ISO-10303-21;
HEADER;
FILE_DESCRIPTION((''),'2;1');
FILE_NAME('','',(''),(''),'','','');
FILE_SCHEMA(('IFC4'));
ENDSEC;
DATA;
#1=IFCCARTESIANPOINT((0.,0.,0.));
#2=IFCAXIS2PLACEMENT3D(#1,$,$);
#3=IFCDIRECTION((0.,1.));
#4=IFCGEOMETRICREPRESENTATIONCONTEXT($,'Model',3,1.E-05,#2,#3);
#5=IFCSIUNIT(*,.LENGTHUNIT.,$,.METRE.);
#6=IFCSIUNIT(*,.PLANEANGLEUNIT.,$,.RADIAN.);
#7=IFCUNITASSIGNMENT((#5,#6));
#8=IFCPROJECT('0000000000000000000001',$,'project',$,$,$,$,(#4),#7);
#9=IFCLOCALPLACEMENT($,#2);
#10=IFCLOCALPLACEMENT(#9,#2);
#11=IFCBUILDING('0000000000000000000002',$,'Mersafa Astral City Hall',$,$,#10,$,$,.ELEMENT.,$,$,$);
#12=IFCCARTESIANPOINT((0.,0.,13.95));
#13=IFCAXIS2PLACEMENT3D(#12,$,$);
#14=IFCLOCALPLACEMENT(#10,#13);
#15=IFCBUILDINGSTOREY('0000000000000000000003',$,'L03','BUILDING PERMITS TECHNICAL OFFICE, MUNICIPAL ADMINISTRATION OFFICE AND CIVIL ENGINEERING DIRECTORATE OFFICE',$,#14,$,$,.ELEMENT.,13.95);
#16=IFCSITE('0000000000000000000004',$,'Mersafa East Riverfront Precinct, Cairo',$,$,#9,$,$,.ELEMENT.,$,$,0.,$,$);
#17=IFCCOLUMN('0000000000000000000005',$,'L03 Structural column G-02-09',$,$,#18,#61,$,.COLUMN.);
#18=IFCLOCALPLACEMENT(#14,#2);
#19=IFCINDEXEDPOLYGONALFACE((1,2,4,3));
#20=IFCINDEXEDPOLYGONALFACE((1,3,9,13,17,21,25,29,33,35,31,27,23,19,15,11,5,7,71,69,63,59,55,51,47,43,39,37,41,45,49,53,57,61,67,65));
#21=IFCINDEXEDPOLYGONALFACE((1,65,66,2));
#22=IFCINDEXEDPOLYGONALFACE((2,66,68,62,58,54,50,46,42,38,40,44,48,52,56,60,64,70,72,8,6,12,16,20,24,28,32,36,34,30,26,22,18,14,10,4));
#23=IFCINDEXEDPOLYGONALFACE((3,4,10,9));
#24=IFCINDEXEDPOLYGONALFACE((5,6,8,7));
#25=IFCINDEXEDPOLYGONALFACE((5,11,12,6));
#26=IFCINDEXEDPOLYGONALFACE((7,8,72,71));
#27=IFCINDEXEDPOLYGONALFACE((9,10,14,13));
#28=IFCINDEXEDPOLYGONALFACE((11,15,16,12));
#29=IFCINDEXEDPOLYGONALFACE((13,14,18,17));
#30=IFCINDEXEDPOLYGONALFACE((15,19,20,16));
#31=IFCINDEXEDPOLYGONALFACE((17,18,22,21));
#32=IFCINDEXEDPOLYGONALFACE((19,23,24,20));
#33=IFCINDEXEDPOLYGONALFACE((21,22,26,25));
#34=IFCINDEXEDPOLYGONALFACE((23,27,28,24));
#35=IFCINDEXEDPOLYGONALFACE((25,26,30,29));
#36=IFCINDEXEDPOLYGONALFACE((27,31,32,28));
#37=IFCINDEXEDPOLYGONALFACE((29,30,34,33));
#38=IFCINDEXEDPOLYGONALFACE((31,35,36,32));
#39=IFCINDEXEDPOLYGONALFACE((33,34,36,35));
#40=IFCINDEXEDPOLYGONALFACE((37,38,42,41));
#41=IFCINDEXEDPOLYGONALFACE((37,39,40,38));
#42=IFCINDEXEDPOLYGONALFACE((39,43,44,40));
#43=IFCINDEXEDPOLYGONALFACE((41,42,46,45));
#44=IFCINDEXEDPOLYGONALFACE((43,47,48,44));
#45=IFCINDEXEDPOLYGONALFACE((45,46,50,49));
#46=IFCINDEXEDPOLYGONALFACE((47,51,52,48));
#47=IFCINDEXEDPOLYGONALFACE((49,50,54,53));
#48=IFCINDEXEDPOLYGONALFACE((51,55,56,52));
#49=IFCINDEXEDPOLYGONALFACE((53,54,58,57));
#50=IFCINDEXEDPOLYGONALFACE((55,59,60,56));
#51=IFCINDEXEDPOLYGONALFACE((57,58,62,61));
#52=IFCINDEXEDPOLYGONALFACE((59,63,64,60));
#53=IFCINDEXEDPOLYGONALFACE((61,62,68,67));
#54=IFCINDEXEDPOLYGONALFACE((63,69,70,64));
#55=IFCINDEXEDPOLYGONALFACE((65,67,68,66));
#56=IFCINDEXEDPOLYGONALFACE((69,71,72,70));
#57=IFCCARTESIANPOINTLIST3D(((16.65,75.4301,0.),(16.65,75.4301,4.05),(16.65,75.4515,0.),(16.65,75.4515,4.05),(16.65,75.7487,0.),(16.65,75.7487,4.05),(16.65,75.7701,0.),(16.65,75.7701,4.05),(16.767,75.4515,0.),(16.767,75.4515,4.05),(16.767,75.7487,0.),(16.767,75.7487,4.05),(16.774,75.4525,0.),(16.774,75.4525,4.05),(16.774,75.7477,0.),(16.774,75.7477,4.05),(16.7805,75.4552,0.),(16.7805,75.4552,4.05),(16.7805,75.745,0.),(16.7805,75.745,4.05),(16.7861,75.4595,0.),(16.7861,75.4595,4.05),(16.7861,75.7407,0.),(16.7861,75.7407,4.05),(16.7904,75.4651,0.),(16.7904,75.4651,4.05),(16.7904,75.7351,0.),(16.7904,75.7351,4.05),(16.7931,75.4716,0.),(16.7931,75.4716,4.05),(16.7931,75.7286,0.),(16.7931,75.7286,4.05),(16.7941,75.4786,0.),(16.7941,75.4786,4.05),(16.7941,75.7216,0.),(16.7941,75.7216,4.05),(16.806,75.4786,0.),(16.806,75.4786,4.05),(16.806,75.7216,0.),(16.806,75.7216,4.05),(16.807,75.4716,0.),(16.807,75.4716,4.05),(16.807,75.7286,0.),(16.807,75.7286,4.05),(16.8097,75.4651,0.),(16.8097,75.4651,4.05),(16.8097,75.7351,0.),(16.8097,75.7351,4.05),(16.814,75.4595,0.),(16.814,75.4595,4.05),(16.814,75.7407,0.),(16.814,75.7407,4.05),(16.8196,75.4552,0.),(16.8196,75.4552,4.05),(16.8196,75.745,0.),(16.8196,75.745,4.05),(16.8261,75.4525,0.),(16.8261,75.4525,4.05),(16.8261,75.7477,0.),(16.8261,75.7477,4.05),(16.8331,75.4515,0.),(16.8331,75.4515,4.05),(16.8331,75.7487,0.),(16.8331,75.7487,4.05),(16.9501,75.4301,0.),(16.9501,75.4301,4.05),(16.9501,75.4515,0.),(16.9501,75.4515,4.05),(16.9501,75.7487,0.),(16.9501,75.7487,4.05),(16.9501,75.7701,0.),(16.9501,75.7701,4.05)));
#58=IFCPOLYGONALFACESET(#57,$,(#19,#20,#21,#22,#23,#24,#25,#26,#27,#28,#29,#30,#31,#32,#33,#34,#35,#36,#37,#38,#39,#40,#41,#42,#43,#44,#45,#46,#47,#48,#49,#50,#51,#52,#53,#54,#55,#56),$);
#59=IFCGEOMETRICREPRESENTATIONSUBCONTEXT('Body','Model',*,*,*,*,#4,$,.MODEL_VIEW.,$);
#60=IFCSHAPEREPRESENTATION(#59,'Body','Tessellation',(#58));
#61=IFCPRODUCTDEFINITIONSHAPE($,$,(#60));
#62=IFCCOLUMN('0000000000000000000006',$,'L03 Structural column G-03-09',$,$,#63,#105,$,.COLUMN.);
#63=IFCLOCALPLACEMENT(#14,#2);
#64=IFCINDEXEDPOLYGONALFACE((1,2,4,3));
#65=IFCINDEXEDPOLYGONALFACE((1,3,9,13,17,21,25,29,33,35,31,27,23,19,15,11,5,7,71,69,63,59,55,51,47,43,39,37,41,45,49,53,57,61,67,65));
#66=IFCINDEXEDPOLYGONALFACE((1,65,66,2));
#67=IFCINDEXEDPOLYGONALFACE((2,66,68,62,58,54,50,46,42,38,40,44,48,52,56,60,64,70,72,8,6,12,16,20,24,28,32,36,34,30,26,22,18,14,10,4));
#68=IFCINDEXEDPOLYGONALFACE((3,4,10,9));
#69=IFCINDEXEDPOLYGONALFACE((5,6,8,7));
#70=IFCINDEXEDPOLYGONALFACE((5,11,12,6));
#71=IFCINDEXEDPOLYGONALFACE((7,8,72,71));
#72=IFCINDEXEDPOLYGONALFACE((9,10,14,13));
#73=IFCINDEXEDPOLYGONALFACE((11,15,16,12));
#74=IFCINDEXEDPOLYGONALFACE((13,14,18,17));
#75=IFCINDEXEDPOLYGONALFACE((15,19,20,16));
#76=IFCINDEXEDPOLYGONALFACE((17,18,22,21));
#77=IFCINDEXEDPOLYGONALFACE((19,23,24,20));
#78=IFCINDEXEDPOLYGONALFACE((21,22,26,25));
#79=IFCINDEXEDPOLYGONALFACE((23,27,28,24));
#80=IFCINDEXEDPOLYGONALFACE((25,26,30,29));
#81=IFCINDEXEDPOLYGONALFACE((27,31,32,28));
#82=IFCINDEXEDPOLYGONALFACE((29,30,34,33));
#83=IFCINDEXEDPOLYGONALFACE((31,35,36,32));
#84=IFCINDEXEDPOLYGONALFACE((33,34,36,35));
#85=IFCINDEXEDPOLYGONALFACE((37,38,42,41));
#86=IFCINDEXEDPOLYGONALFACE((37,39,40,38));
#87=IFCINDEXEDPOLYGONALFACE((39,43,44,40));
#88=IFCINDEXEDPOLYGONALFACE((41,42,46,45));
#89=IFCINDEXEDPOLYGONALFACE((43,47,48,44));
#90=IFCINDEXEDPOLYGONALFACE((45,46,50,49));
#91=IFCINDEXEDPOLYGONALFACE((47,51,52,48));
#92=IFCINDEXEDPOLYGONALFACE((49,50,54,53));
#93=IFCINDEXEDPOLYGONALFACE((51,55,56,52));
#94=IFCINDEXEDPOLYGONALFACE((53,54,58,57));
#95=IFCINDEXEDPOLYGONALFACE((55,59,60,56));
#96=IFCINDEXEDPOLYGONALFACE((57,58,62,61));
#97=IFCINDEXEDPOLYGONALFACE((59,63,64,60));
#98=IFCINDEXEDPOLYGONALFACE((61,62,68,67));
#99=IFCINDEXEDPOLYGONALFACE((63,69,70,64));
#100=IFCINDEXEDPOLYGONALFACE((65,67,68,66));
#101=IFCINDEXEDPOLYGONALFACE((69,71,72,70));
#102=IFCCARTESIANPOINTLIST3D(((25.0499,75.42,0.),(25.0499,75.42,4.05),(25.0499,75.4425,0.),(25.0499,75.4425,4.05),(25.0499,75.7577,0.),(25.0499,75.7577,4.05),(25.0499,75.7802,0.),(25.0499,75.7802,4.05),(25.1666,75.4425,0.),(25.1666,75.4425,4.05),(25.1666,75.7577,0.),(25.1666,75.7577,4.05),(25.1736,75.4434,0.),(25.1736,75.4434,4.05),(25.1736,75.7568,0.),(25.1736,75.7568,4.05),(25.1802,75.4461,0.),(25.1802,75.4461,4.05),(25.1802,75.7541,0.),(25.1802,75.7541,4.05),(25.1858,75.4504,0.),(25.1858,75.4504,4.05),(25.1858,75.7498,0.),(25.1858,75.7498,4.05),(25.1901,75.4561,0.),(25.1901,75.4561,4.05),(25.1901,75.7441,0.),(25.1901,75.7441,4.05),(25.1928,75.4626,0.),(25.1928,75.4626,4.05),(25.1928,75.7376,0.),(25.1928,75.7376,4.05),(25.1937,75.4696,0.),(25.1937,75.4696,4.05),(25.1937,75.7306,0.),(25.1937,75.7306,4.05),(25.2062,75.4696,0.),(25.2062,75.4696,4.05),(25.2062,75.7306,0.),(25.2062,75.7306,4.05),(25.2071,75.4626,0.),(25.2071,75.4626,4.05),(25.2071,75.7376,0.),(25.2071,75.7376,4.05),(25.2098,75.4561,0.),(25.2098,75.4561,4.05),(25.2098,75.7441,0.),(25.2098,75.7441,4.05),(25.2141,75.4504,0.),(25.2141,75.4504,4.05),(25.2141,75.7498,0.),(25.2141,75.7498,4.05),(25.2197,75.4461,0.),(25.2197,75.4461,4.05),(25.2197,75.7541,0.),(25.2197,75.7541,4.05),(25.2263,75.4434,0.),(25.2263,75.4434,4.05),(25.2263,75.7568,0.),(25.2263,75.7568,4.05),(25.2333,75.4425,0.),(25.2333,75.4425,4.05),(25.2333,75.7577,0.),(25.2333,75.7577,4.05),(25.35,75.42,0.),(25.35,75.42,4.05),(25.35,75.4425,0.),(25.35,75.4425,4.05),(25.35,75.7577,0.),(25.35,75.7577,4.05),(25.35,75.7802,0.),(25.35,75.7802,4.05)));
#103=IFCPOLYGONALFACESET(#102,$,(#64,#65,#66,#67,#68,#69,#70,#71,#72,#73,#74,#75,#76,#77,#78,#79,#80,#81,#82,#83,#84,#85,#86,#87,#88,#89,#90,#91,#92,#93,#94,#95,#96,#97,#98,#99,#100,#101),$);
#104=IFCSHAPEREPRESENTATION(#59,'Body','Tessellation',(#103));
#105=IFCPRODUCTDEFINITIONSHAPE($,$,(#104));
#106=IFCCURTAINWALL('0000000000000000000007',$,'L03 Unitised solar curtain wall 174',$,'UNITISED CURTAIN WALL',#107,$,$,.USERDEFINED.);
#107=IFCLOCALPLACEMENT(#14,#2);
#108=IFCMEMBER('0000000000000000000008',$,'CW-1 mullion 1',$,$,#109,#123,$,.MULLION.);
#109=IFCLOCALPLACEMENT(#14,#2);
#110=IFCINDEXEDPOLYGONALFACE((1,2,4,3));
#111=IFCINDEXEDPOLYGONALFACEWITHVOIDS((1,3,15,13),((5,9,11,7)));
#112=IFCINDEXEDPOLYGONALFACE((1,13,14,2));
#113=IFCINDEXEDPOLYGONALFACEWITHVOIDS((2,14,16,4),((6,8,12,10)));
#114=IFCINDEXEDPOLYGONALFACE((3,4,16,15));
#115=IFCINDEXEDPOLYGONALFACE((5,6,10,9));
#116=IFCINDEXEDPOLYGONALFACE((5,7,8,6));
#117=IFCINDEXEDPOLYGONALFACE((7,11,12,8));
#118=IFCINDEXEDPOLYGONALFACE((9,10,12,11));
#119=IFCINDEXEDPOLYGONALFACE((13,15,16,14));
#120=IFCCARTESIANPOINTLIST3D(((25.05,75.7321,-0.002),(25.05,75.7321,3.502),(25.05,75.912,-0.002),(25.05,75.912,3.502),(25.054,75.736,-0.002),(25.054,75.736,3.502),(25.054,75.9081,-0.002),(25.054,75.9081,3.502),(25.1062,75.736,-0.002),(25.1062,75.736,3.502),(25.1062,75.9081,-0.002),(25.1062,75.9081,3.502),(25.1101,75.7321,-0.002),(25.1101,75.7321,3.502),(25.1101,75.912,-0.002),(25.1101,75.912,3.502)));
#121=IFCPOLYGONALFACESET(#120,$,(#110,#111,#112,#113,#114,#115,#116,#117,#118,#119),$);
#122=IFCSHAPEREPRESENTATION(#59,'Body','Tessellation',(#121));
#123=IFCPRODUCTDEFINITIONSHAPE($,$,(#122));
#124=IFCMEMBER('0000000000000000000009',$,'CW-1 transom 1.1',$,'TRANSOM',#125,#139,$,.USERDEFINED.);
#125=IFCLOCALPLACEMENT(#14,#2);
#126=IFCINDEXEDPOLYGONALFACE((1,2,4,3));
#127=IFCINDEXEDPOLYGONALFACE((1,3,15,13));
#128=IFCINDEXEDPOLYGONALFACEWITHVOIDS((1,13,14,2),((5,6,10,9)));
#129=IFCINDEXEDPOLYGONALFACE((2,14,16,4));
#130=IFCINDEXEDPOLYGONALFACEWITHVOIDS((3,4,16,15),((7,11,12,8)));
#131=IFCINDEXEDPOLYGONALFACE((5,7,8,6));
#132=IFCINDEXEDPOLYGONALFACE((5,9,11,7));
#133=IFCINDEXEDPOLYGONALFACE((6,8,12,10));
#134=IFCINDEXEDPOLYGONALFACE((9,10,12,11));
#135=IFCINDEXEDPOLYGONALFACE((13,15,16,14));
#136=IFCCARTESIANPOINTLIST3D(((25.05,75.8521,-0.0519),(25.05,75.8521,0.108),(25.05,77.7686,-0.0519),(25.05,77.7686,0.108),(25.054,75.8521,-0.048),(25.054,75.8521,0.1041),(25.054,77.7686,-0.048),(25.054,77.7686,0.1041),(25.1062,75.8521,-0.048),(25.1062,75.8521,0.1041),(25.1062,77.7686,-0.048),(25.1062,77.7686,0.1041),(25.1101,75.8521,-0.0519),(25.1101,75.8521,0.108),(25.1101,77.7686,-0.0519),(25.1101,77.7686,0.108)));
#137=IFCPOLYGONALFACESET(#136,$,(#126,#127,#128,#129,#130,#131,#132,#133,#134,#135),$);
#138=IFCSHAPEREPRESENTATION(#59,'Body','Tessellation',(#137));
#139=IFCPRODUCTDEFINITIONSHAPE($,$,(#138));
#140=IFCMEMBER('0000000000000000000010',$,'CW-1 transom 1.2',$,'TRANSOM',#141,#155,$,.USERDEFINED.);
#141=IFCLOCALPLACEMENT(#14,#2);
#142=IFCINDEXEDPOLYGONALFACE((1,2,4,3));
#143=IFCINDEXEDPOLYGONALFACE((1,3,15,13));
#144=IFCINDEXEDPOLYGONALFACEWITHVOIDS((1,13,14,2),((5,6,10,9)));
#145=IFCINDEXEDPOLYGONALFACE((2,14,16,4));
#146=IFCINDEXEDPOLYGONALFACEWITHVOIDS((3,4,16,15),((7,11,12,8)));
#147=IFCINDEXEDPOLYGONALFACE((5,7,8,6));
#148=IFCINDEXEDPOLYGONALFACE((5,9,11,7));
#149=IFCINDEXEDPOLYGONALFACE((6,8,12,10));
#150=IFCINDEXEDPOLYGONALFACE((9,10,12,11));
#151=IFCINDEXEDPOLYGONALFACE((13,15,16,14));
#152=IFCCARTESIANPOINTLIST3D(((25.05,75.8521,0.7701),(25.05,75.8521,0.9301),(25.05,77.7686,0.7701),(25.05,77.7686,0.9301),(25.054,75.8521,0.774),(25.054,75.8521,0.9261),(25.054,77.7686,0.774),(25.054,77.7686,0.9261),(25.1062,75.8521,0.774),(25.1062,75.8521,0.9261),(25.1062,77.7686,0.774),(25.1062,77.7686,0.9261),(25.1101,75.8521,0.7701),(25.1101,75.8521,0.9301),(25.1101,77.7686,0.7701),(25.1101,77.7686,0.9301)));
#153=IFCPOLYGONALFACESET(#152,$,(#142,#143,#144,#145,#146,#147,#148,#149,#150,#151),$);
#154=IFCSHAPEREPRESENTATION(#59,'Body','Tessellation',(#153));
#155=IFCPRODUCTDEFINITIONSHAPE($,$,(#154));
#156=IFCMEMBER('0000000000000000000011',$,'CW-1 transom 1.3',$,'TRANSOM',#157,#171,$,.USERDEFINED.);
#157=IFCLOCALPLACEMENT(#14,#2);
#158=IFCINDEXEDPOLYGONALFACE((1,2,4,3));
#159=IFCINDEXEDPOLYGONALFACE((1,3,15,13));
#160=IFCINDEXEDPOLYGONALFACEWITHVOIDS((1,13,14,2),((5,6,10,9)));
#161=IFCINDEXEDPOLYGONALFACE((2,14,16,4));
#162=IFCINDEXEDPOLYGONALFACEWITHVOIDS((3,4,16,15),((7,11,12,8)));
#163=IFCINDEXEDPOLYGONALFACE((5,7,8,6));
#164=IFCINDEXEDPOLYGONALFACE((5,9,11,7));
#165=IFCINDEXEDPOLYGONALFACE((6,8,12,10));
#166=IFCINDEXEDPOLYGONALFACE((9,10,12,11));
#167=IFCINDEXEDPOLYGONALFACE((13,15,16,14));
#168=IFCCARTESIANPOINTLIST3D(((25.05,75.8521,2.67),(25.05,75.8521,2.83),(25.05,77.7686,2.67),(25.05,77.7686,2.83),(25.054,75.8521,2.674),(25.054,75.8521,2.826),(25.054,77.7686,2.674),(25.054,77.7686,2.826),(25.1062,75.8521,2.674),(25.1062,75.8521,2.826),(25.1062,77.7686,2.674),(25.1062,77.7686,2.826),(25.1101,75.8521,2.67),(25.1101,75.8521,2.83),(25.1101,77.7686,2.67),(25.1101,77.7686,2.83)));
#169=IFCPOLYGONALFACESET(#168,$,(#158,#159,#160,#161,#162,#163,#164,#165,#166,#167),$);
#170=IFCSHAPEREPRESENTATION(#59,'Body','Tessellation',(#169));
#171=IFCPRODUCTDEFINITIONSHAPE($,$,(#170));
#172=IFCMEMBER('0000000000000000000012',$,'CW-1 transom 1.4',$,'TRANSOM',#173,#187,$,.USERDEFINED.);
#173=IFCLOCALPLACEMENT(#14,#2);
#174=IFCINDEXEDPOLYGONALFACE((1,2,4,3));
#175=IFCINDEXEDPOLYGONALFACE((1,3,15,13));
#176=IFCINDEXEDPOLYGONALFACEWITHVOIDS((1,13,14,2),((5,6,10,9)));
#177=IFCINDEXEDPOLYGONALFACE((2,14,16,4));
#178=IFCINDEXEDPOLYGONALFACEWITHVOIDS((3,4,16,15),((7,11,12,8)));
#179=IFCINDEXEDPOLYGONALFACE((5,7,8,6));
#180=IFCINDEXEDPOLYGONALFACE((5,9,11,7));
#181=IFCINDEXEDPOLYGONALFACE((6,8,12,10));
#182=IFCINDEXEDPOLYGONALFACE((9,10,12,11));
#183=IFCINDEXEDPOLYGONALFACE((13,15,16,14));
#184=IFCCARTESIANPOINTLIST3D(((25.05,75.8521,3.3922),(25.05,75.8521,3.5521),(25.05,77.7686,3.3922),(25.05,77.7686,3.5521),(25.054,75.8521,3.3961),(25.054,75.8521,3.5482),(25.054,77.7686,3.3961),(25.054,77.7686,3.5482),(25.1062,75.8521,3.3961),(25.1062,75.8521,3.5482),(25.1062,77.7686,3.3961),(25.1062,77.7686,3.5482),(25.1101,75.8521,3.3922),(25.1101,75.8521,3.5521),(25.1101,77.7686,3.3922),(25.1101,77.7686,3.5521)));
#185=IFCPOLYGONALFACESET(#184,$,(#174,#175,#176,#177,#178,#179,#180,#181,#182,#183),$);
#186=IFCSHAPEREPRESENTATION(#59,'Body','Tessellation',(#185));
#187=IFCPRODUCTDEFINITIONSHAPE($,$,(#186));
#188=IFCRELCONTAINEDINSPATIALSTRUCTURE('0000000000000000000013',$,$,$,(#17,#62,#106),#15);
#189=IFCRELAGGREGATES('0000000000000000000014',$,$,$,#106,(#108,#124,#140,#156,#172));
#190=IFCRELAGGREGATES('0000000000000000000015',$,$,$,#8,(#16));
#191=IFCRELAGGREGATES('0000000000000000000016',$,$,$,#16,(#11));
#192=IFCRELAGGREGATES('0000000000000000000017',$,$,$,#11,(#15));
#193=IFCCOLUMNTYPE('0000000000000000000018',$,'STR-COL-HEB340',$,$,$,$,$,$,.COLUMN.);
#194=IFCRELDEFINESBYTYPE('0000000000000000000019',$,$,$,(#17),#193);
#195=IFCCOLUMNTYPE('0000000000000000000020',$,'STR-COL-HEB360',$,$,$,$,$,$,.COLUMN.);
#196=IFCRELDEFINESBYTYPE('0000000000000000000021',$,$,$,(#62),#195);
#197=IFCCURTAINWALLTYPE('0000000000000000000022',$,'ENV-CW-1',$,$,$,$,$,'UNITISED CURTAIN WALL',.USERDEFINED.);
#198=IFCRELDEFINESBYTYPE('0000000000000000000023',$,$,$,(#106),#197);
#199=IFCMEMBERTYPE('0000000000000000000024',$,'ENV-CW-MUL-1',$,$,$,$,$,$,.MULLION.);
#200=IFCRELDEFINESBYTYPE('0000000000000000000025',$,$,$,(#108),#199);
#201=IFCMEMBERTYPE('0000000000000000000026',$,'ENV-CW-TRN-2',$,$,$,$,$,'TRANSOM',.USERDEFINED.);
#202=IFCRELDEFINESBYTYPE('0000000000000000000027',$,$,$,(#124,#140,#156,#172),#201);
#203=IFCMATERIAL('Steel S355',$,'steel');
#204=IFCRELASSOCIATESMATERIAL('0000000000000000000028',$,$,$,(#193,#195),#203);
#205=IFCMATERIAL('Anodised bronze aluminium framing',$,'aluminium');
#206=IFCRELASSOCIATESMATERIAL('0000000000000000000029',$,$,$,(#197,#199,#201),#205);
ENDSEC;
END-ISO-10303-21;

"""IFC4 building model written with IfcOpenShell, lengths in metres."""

from ifc_helpers import new_model, si_unit, direction, frame, origin, origin_2d, place, context, subcontext, project, spatial, hollow_rectangle, i_section, extrude, material, material_profile, profile_set, type_object, element, aggregate, save


model = new_model("IFC4")

# Units and contexts
model_context = context("Model", 3, precision=1e-05, world=origin(), true_north=direction((0.0, 1.0)))
body_context = subcontext(model_context, "Body", "Model", "MODEL_VIEW")
ifc_project = project(units=[si_unit("LENGTHUNIT", "METRE"), si_unit("PLANEANGLEUNIT", "RADIAN")], contexts=[model_context])

# Site, building, storey
site_placement = place(None, origin())
site = spatial("IfcSite", under=ifc_project, at=site_placement, Name="Mersafa East Riverfront Precinct, Cairo", CompositionType="ELEMENT", RefElevation=0.0)
building_placement = place(site_placement, origin())
building = spatial("IfcBuilding", under=site, at=building_placement, Name="Mersafa Astral City Hall", CompositionType="ELEMENT")
storey_placement = place(building_placement, frame((0.0, 0.0, 13.95)))
storey = spatial("IfcBuildingStorey", under=building, at=storey_placement, Name="L03", Description="BUILDING PERMITS TECHNICAL OFFICE, MUNICIPAL ADMINISTRATION OFFICE AND CIVIL ENGINEERING DIRECTORATE OFFICE", CompositionType="ELEMENT", Elevation=13.95)

# Columns
ifc_material_1 = material(Name="Steel S355", Category="steel")
ifc_material_profile_1 = material_profile(ifc_material_1, i_section(OverallWidth=0.3, OverallDepth=0.3401, WebThickness=0.012, FlangeThickness=0.0215, FilletRadius=0.0271, at=origin_2d()), Name="HEB 340")
ifc_profile_set_1 = profile_set([ifc_material_profile_1], Name="Steel S355")
column_type_1 = type_object("IfcColumnType", Name="STR-COL-HEB340", PredefinedType="COLUMN", material=ifc_profile_set_1)
column_1_placement = place(storey_placement, frame((16.8, 75.6001, 0.0), z_axis=(0.0, 0.0, 1.0), x_axis=(1.0, 0.0, 0.0)))
element("IfcColumn", 1, at=column_1_placement, inside=storey, type_object=column_type_1, Name="L03 Structural column G-02-09", PredefinedType="COLUMN", context=body_context, shape_type="SweptSolid", body=[
    extrude(i_section(OverallWidth=0.3, OverallDepth=0.3401, WebThickness=0.012, FlangeThickness=0.0215, FilletRadius=0.0271, at=origin_2d()), origin(), (0.0, 0.0, 1.0), 4.05),
])
ifc_material_profile_2 = material_profile(ifc_material_1, i_section(OverallWidth=0.3, OverallDepth=0.3601, WebThickness=0.0125, FlangeThickness=0.0225, FilletRadius=0.0271, at=origin_2d()), Name="HEB 360")
ifc_profile_set_2 = profile_set([ifc_material_profile_2], Name="Steel S355")
column_type_2 = type_object("IfcColumnType", Name="STR-COL-HEB360", PredefinedType="COLUMN", material=ifc_profile_set_2)
column_2_placement = place(storey_placement, frame((25.2, 75.6001, 0.0), z_axis=(0.0, 0.0, 1.0), x_axis=(1.0, 0.0, 0.0)))
element("IfcColumn", 2, at=column_2_placement, inside=storey, type_object=column_type_2, Name="L03 Structural column G-03-09", PredefinedType="COLUMN", context=body_context, shape_type="SweptSolid", body=[
    extrude(i_section(OverallWidth=0.3, OverallDepth=0.3601, WebThickness=0.0125, FlangeThickness=0.0225, FilletRadius=0.0271, at=origin_2d()), origin(), (0.0, 0.0, 1.0), 4.05),
])

# Curtain wall, members
ifc_material_2 = material(Name="Anodised bronze aluminium framing", Category="aluminium")
curtain_wall_type = type_object("IfcCurtainWallType", Name="ENV-CW-1", ElementType="UNITISED CURTAIN WALL", PredefinedType="USERDEFINED", material=ifc_material_2)
curtain_wall_placement = place(storey_placement, origin())
curtain_wall = element("IfcCurtainWall", 3, at=curtain_wall_placement, inside=storey, type_object=curtain_wall_type, Name="L03 Unitised solar curtain wall 174", ObjectType="UNITISED CURTAIN WALL", PredefinedType="USERDEFINED")
ifc_material_profile_3 = material_profile(ifc_material_2, hollow_rectangle(XDim=0.0601, YDim=0.1799, WallThickness=0.0039, at=origin_2d()), Name="RHS 60x180x4")
ifc_profile_set_3 = profile_set([ifc_material_profile_3], Name="Anodised bronze aluminium framing")
member_type_1 = type_object("IfcMemberType", Name="ENV-CW-MUL-1", PredefinedType="MULLION", material=ifc_profile_set_3)
member_1_placement = place(storey_placement, frame((25.0801, 75.822, -0.002), z_axis=(0.0, 0.0, 1.0), x_axis=(-1.0, 0.0, 0.0)))
member_1 = element("IfcMember", 4, at=member_1_placement, type_object=member_type_1, Name="CW-1 mullion 1", PredefinedType="MULLION", context=body_context, shape_type="SweptSolid", body=[
    extrude(hollow_rectangle(XDim=0.0601, YDim=0.1799, WallThickness=0.0039, at=origin_2d()), origin(), (0.0, 0.0, 1.0), 3.5039),
])
ifc_material_profile_4 = material_profile(ifc_material_2, hollow_rectangle(XDim=0.0601, YDim=0.1599, WallThickness=0.0039, at=origin_2d()), Name="RHS 60x160x4")
ifc_profile_set_4 = profile_set([ifc_material_profile_4], Name="Anodised bronze aluminium framing")
member_type_2 = type_object("IfcMemberType", Name="ENV-CW-TRN-2", ElementType="TRANSOM", PredefinedType="USERDEFINED", material=ifc_profile_set_4)
member_2_placement = place(storey_placement, frame((25.0801, 75.8521, 0.0281), z_axis=(0.0, 1.0, 0.0), x_axis=(-1.0, 0.0, 0.0)))
member_2 = element("IfcMember", 5, at=member_2_placement, type_object=member_type_2, Name="CW-1 transom 1.1", ObjectType="TRANSOM", PredefinedType="USERDEFINED", context=body_context, shape_type="SweptSolid", body=[
    extrude(hollow_rectangle(XDim=0.0601, YDim=0.1599, WallThickness=0.0039, at=origin_2d()), origin(), (0.0, 0.0, 1.0), 1.9165),
])
member_3_placement = place(storey_placement, frame((25.0801, 75.8521, 0.8501), z_axis=(0.0, 1.0, 0.0), x_axis=(-1.0, 0.0, 0.0)))
member_3 = element("IfcMember", 6, at=member_3_placement, type_object=member_type_2, Name="CW-1 transom 1.2", ObjectType="TRANSOM", PredefinedType="USERDEFINED", context=body_context, shape_type="SweptSolid", body=[
    extrude(hollow_rectangle(XDim=0.0601, YDim=0.1599, WallThickness=0.0039, at=origin_2d()), origin(), (0.0, 0.0, 1.0), 1.9165),
])
member_4_placement = place(storey_placement, frame((25.0801, 75.8521, 2.75), z_axis=(0.0, 1.0, 0.0), x_axis=(-1.0, 0.0, 0.0)))
member_4 = element("IfcMember", 7, at=member_4_placement, type_object=member_type_2, Name="CW-1 transom 1.3", ObjectType="TRANSOM", PredefinedType="USERDEFINED", context=body_context, shape_type="SweptSolid", body=[
    extrude(hollow_rectangle(XDim=0.0601, YDim=0.1599, WallThickness=0.0039, at=origin_2d()), origin(), (0.0, 0.0, 1.0), 1.9165),
])
member_5_placement = place(storey_placement, frame((25.0801, 75.8521, 3.4722), z_axis=(0.0, 1.0, 0.0), x_axis=(-1.0, 0.0, 0.0)))
member_5 = element("IfcMember", 8, at=member_5_placement, type_object=member_type_2, Name="CW-1 transom 1.4", ObjectType="TRANSOM", PredefinedType="USERDEFINED", context=body_context, shape_type="SweptSolid", body=[
    extrude(hollow_rectangle(XDim=0.0601, YDim=0.1599, WallThickness=0.0039, at=origin_2d()), origin(), (0.0, 0.0, 1.0), 1.9165),
])
aggregate(curtain_wall, [member_1, member_2, member_3, member_4, member_5])

save(model, "model.ifc")
